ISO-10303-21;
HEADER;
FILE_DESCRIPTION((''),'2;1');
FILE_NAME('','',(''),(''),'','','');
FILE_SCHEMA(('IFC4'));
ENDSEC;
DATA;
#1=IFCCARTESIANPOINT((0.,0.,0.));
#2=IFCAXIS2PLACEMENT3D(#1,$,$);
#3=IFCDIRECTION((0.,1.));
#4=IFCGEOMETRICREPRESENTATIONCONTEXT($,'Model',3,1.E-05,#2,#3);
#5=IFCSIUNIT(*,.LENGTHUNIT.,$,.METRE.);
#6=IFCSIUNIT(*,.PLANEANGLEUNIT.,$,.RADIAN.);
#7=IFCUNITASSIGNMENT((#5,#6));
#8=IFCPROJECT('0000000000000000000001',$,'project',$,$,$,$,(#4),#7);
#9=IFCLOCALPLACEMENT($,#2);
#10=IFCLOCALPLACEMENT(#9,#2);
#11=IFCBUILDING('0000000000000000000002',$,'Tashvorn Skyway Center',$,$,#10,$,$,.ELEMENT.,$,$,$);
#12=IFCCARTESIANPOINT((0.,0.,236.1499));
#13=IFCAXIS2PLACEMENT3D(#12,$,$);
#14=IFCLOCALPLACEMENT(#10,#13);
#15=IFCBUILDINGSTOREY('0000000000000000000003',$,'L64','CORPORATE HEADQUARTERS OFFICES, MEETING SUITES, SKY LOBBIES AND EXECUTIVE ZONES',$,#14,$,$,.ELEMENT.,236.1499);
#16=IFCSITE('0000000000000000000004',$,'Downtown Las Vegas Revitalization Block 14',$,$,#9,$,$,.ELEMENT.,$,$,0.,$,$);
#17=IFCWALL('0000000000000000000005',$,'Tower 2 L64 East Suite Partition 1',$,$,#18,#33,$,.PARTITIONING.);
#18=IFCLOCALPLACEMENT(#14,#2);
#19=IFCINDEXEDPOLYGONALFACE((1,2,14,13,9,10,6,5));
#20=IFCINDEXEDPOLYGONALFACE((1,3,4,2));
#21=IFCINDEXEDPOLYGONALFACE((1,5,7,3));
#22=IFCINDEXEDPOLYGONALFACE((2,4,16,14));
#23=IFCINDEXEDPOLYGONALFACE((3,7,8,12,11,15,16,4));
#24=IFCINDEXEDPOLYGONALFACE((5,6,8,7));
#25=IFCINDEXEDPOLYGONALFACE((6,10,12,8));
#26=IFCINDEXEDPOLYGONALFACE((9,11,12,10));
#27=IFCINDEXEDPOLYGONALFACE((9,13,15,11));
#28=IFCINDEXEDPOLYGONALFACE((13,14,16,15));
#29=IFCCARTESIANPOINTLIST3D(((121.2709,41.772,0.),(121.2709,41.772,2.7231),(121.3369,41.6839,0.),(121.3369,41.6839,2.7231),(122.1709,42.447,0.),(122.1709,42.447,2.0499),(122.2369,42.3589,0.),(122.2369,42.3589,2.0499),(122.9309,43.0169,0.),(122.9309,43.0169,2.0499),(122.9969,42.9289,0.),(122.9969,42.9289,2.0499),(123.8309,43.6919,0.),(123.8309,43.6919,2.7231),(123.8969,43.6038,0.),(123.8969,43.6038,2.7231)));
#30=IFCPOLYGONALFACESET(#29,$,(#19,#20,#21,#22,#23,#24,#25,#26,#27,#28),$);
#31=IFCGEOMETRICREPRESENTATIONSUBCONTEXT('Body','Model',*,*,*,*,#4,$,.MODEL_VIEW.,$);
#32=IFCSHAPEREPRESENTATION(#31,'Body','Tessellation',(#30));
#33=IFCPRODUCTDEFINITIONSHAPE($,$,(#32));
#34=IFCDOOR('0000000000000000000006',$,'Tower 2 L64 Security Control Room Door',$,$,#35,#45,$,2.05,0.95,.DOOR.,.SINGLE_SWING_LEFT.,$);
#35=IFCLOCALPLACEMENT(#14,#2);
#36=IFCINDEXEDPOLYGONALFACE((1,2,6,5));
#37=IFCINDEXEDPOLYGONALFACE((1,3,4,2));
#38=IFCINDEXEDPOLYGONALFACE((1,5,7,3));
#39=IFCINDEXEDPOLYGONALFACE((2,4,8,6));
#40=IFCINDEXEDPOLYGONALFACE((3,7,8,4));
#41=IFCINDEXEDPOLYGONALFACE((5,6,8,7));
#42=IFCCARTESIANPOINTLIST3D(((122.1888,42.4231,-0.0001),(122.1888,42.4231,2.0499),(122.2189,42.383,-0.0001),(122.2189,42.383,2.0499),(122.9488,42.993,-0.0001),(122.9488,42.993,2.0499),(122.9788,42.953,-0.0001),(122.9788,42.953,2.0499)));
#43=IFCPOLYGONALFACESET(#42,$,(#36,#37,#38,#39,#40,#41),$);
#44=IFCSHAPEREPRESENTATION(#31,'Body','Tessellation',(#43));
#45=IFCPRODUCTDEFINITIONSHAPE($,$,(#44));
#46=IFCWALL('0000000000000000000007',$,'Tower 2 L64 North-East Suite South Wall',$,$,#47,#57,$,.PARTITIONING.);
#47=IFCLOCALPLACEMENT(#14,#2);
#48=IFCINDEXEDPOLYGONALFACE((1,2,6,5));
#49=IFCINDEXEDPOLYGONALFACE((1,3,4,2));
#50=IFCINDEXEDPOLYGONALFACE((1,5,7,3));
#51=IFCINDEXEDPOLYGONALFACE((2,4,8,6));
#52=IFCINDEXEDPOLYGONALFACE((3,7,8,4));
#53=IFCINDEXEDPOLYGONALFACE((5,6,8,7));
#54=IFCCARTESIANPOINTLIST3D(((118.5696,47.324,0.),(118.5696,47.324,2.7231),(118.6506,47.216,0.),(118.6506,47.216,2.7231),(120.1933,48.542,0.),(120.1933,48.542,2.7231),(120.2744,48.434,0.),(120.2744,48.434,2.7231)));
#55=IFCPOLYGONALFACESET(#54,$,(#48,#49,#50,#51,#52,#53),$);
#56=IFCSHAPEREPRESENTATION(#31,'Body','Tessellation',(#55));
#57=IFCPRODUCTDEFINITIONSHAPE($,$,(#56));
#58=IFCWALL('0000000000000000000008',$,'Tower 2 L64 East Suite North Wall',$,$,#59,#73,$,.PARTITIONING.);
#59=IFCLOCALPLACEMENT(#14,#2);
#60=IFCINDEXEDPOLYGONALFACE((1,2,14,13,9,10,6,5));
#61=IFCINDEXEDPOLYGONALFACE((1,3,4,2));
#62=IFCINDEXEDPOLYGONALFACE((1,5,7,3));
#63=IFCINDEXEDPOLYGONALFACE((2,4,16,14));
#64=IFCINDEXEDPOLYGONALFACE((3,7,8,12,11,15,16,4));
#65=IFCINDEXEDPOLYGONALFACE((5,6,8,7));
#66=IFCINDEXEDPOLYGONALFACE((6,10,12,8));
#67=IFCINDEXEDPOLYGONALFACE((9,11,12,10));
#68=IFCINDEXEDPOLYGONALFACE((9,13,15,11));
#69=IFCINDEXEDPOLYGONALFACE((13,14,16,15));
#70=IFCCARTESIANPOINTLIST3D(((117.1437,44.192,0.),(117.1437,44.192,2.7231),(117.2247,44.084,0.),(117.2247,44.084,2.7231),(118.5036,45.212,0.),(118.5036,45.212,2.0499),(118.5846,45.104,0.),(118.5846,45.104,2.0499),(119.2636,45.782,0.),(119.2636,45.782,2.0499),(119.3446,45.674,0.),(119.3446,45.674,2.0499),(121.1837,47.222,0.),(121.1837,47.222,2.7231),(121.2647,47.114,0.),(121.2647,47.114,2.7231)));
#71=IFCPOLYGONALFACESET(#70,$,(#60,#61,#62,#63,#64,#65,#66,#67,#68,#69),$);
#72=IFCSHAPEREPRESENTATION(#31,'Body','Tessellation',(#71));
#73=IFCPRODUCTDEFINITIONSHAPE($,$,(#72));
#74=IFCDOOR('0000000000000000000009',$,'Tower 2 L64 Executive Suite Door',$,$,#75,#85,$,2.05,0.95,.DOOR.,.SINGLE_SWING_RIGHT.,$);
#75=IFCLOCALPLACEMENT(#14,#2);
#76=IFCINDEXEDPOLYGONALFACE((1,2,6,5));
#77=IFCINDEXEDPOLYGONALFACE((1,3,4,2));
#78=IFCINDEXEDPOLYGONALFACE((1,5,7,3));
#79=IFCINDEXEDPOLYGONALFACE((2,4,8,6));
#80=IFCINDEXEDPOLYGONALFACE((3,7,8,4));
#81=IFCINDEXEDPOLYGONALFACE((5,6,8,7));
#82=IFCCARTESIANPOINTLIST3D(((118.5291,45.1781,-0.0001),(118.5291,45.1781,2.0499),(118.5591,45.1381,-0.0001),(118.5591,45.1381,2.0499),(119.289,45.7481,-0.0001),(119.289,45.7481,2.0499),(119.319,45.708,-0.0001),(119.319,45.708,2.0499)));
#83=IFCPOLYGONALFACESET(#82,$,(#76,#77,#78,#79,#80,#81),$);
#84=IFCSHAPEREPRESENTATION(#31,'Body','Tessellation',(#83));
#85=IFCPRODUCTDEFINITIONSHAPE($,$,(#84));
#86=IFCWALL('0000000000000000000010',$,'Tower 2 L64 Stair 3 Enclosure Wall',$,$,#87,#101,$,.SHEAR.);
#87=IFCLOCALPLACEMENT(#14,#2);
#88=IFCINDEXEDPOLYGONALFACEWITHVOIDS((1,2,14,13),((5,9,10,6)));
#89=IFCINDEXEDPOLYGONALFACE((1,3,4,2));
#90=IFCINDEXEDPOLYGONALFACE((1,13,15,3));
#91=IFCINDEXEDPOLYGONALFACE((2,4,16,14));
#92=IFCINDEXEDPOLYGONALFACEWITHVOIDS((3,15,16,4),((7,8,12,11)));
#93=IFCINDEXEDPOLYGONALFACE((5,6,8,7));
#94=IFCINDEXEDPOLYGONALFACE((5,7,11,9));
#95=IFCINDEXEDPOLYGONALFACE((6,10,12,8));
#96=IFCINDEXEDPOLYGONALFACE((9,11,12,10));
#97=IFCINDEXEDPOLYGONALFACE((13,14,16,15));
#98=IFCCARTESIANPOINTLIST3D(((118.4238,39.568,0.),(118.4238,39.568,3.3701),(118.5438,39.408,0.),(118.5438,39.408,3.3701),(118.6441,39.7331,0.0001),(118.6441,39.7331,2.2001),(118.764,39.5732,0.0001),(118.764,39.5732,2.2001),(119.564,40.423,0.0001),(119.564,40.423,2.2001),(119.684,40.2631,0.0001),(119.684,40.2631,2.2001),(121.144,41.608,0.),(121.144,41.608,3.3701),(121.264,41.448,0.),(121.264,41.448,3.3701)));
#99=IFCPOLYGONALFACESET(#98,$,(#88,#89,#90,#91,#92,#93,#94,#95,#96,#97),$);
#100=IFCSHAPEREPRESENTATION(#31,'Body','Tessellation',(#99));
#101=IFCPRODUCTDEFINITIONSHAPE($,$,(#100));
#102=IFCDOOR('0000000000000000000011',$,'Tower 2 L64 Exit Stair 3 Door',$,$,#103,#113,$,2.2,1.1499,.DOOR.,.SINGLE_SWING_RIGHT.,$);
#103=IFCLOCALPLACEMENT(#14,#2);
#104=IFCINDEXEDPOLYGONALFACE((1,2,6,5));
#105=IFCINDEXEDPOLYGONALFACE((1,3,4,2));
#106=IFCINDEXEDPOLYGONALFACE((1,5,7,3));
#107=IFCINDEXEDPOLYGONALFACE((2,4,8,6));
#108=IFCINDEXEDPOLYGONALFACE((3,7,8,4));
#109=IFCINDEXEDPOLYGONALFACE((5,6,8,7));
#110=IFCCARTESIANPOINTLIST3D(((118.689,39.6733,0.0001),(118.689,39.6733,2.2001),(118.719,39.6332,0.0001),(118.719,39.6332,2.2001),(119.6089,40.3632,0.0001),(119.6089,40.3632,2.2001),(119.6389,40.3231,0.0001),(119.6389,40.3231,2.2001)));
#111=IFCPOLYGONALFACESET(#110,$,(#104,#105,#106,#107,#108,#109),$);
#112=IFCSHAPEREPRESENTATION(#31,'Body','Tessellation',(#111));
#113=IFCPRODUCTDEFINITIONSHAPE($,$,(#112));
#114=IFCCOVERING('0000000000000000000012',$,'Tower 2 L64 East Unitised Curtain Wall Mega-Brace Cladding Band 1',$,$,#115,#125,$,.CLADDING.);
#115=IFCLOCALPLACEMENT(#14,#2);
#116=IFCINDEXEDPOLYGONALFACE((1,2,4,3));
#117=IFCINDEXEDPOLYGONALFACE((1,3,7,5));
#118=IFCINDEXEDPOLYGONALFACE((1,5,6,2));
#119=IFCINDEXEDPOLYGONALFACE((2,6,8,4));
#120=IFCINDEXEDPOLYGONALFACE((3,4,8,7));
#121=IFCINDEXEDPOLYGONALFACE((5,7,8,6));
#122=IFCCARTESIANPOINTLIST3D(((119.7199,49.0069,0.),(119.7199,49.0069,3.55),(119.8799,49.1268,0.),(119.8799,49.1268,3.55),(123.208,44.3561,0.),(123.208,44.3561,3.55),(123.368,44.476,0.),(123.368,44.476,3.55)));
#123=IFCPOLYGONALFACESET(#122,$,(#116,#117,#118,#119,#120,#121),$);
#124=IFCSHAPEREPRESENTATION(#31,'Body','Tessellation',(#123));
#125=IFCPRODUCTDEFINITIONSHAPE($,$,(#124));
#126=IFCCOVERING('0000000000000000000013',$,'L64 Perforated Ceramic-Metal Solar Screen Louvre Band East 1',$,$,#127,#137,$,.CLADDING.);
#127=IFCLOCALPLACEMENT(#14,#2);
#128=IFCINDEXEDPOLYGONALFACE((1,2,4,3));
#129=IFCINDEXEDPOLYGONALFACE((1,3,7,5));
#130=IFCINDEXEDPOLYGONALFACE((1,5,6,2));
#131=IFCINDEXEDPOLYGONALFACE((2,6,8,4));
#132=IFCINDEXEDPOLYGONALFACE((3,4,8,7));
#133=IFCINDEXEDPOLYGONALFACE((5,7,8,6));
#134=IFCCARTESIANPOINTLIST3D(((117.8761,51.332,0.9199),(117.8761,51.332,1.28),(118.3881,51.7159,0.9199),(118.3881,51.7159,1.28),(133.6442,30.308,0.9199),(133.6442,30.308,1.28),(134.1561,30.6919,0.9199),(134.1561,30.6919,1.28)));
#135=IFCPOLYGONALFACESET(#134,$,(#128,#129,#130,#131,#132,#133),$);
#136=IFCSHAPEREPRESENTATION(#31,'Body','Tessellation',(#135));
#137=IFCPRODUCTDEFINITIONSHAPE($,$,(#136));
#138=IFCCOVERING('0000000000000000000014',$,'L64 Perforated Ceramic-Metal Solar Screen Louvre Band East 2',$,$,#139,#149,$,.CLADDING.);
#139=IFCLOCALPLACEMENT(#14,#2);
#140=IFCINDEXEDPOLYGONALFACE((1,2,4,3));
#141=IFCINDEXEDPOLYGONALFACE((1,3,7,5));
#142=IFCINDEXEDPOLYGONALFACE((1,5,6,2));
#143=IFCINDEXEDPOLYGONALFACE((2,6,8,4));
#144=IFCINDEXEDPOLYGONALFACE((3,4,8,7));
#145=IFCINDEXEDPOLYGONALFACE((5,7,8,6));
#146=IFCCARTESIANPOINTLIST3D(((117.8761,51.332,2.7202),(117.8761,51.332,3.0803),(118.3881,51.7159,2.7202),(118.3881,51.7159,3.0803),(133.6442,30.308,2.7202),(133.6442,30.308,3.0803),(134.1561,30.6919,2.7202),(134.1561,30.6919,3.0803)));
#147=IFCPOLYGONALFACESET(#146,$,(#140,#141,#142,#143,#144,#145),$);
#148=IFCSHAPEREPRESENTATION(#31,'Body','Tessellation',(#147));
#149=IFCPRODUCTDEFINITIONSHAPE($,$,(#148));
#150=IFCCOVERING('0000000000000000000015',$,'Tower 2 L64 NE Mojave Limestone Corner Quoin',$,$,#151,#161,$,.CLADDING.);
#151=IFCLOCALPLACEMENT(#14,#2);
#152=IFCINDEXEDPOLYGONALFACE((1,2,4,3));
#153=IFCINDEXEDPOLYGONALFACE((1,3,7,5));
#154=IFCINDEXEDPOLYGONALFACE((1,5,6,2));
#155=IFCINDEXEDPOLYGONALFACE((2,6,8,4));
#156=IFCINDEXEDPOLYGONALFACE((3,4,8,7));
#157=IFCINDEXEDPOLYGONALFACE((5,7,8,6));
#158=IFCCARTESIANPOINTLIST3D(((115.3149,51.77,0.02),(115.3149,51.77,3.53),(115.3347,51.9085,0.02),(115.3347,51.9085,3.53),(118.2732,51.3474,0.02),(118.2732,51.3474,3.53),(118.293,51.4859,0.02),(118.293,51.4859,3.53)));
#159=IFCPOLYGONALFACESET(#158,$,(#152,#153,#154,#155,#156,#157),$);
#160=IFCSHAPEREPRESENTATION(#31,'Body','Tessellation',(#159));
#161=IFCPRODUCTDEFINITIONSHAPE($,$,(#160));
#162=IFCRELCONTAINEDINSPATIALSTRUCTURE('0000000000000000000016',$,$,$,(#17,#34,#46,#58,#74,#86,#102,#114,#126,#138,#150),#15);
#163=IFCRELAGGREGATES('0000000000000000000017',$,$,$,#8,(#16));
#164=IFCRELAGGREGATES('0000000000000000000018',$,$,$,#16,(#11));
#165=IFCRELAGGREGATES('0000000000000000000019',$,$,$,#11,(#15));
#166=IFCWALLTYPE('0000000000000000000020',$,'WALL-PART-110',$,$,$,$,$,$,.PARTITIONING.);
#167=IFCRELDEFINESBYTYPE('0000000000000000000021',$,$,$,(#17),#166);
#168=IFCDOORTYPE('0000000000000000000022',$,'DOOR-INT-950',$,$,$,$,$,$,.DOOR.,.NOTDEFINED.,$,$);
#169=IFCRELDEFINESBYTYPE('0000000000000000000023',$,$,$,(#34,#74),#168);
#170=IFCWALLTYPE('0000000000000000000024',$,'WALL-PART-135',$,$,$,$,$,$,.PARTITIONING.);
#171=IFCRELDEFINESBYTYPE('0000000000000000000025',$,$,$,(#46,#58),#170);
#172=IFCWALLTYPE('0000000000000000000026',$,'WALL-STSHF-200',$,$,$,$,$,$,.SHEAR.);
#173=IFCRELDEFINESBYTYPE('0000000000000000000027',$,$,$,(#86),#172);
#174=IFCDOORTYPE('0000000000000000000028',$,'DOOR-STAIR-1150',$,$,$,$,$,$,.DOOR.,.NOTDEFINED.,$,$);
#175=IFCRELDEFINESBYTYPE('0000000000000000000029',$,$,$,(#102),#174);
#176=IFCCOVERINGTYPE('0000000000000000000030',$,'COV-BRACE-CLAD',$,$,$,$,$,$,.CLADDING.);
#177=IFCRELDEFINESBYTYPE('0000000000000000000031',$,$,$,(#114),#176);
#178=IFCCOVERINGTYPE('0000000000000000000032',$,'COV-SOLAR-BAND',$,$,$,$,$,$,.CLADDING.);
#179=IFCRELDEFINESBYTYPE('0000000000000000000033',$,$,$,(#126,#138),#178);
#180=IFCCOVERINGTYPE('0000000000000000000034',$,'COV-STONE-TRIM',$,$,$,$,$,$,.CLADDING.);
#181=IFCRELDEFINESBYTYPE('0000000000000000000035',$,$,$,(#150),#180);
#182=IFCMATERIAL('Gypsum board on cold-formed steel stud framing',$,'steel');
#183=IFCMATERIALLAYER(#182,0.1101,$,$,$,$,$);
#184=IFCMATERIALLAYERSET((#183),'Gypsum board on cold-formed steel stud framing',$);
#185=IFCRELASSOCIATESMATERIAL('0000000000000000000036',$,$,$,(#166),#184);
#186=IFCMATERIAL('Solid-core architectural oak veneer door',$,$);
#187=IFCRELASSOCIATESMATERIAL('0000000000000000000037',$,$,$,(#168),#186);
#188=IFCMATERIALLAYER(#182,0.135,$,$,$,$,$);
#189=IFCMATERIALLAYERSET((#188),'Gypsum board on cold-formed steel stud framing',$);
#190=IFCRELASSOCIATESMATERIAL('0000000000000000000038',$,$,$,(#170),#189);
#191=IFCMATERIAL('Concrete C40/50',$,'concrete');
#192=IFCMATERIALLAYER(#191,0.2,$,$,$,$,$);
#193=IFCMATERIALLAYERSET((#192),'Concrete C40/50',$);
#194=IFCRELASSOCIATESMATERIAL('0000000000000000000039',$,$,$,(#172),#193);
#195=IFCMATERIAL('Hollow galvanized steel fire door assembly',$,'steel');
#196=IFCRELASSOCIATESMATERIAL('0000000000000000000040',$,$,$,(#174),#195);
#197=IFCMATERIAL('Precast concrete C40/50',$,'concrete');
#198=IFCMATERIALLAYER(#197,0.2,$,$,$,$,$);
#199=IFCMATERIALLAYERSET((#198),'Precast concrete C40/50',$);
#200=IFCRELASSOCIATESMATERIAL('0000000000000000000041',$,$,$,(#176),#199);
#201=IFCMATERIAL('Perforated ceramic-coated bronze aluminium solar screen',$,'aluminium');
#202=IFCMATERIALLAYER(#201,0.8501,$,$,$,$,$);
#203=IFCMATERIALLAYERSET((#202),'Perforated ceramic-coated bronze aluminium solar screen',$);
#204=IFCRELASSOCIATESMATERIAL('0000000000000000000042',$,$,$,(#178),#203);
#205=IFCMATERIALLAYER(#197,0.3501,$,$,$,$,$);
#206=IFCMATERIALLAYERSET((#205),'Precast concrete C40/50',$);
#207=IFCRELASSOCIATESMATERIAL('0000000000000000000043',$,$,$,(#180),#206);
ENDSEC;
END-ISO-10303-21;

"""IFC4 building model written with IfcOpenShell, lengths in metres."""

from ifc_helpers import new_model, si_unit, direction, frame, frame_2d, origin, origin_2d, place, context, subcontext, project, spatial, rectangle, extrude, material, layer, layer_set, type_object, element, fill, save


model = new_model("IFC4")

# Units and contexts
model_context = context("Model", 3, precision=1e-05, world=origin(), true_north=direction((0.0, 1.0)))
body_context = subcontext(model_context, "Body", "Model", "MODEL_VIEW")
ifc_project = project(units=[si_unit("LENGTHUNIT", "METRE"), si_unit("PLANEANGLEUNIT", "RADIAN")], contexts=[model_context])

# Site, building, storey
site_placement = place(None, origin())
site = spatial("IfcSite", under=ifc_project, at=site_placement, Name="Downtown Las Vegas Revitalization Block 14", CompositionType="ELEMENT", RefElevation=0.0)
building_placement = place(site_placement, origin())
building = spatial("IfcBuilding", under=site, at=building_placement, Name="Tashvorn Skyway Center", CompositionType="ELEMENT")
storey_placement = place(building_placement, frame((0.0, 0.0, 236.1499)))
storey = spatial("IfcBuildingStorey", under=building, at=storey_placement, Name="L64", Description="CORPORATE HEADQUARTERS OFFICES, MEETING SUITES, SKY LOBBIES AND EXECUTIVE ZONES", CompositionType="ELEMENT", Elevation=236.1499)

# Shared definitions
ifc_material_1 = material(Name="Precast concrete C40/50", Category="concrete")

# Wall, opening, door
ifc_material_2 = material(Name="Gypsum board on cold-formed steel stud framing", Category="steel")
ifc_layer_1 = layer(ifc_material_2, 0.1101)
ifc_layer_set_1 = layer_set([ifc_layer_1], Name="Gypsum board on cold-formed steel stud framing")
wall_type_1 = type_object("IfcWallType", Name="WALL-PART-110", PredefinedType="PARTITIONING", material=ifc_layer_set_1)
wall_1_placement = place(storey_placement, frame((123.864, 43.6479, 0.0), z_axis=(0.0, 0.0, 1.0), x_axis=(-0.800018, -0.599976, 0.0)))
wall_1 = element("IfcWall", 1, at=wall_1_placement, inside=storey, type_object=wall_type_1, Name="Tower 2 L64 East Suite Partition 1", PredefinedType="PARTITIONING", context=body_context, shape_type="SweptSolid", body=[
    extrude(rectangle(XDim=3.2, YDim=0.1101, at=frame_2d((1.6001, 0.0))), origin(), (0.0, 0.0, 1.0), 2.7231),
])
opening_1_placement = place(wall_1_placement, frame((1.125, 0.0, 0.0)))
opening_1 = element("IfcOpeningElement", 2, at=opening_1_placement, cuts=wall_1, PredefinedType="OPENING", context=body_context, shape_type="SweptSolid", body=[
    extrude(rectangle(XDim=0.95, YDim=2.05, at=frame_2d((0.4751, 1.0249))), frame((0.0, 0.0649, 0.0), z_axis=(0.0, -1.0, 0.0), x_axis=(1.0, 0.0, 0.0)), (0.0, 0.0, 1.0), 0.1301),
])
ifc_material_3 = material(Name="Solid-core architectural oak veneer door")
door_type_1 = type_object("IfcDoorType", Name="DOOR-INT-950", OperationType="NOTDEFINED", PredefinedType="DOOR", material=ifc_material_3)
door_1_placement = place(opening_1_placement, origin())
door_1 = element("IfcDoor", 3, at=door_1_placement, inside=storey, type_object=door_type_1, Name="Tower 2 L64 Security Control Room Door", OperationType="SINGLE_SWING_LEFT", OverallHeight=2.05, OverallWidth=0.95, PredefinedType="DOOR", context=body_context, shape_type="SweptSolid", body=[
    extrude(rectangle(XDim=0.95, YDim=2.05, at=frame_2d((0.4751, 1.0249))), frame((0.0, 0.0249, 0.0), z_axis=(0.0, -1.0, 0.0), x_axis=(1.0, 0.0, 0.0)), (0.0, 0.0, 1.0), 0.05),
])
fill(opening_1, door_1)

# Wall
ifc_layer_2 = layer(ifc_material_2, 0.135)
ifc_layer_set_2 = layer_set([ifc_layer_2], Name="Gypsum board on cold-formed steel stud framing")
wall_type_2 = type_object("IfcWallType", Name="WALL-PART-135", PredefinedType="PARTITIONING", material=ifc_layer_set_2)
wall_2_placement = place(storey_placement, frame((118.6101, 47.27, 0.0), z_axis=(0.0, 0.0, 1.0), x_axis=(0.799957, 0.600058, 0.0)))
element("IfcWall", 4, at=wall_2_placement, inside=storey, type_object=wall_type_2, Name="Tower 2 L64 North-East Suite South Wall", PredefinedType="PARTITIONING", context=body_context, shape_type="SweptSolid", body=[
    extrude(rectangle(XDim=2.0298, YDim=0.135, at=frame_2d((1.0149, 0.0))), origin(), (0.0, 0.0, 1.0), 2.7231),
])

# Walls, openings, doors
wall_3_placement = place(storey_placement, frame((121.2241, 47.168, 0.0), z_axis=(0.0, 0.0, 1.0), x_axis=(-0.8, -0.6, 0.0)))
wall_3 = element("IfcWall", 5, at=wall_3_placement, inside=storey, type_object=wall_type_2, Name="Tower 2 L64 East Suite North Wall", PredefinedType="PARTITIONING", context=body_context, shape_type="SweptSolid", body=[
    extrude(rectangle(XDim=5.05, YDim=0.135, at=frame_2d((2.5249, 0.0))), origin(), (0.0, 0.0, 1.0), 2.7231),
])
opening_2_placement = place(wall_3_placement, frame((2.3999, 0.0, 0.0)))
opening_2 = element("IfcOpeningElement", 6, at=opening_2_placement, cuts=wall_3, PredefinedType="OPENING", context=body_context, shape_type="SweptSolid", body=[
    extrude(rectangle(XDim=0.95, YDim=2.05, at=frame_2d((0.4751, 1.0249))), frame((0.0, 0.0774, 0.0), z_axis=(0.0, -1.0, 0.0), x_axis=(1.0, 0.0, 0.0)), (0.0, 0.0, 1.0), 0.155),
])
door_2_placement = place(opening_2_placement, origin())
door_2 = element("IfcDoor", 7, at=door_2_placement, inside=storey, type_object=door_type_1, Name="Tower 2 L64 Executive Suite Door", OperationType="SINGLE_SWING_RIGHT", OverallHeight=2.05, OverallWidth=0.95, PredefinedType="DOOR", context=body_context, shape_type="SweptSolid", body=[
    extrude(rectangle(XDim=0.95, YDim=2.05, at=frame_2d((0.4751, 1.0249))), frame((0.0, 0.0249, 0.0), z_axis=(0.0, -1.0, 0.0), x_axis=(1.0, 0.0, 0.0)), (0.0, 0.0, 1.0), 0.05),
])
fill(opening_2, door_2)
ifc_material_4 = material(Name="Concrete C40/50", Category="concrete")
ifc_layer_3 = layer(ifc_material_4, 0.2)
ifc_layer_set_3 = layer_set([ifc_layer_3], Name="Concrete C40/50")
wall_type_3 = type_object("IfcWallType", Name="WALL-STSHF-200", PredefinedType="SHEAR", material=ifc_layer_set_3)
wall_4_placement = place(storey_placement, frame((121.2041, 41.5281, 0.0), z_axis=(0.0, 0.0, 1.0), x_axis=(-0.800017, -0.599977, 0.0)))
wall_4 = element("IfcWall", 8, at=wall_4_placement, inside=storey, type_object=wall_type_3, Name="Tower 2 L64 Stair 3 Enclosure Wall", PredefinedType="SHEAR", context=body_context, shape_type="SweptSolid", body=[
    extrude(rectangle(XDim=3.4001, YDim=0.2, at=frame_2d((1.7002, 0.0))), origin(), (0.0, 0.0, 1.0), 3.3701),
])
opening_3_placement = place(wall_4_placement, frame((1.9751, 0.0, 0.0)))
opening_3 = element("IfcOpeningElement", 9, at=opening_3_placement, cuts=wall_4, PredefinedType="OPENING", context=body_context, shape_type="SweptSolid", body=[
    extrude(rectangle(XDim=1.1499, YDim=2.2, at=frame_2d((0.575, 1.1001))), frame((0.0, 0.1099, 0.0), z_axis=(0.0, -1.0, 0.0), x_axis=(1.0, 0.0, 0.0)), (0.0, 0.0, 1.0), 0.22),
])
ifc_material_5 = material(Name="Hollow galvanized steel fire door assembly", Category="steel")
door_type_2 = type_object("IfcDoorType", Name="DOOR-STAIR-1150", OperationType="NOTDEFINED", PredefinedType="DOOR", material=ifc_material_5)
door_3_placement = place(opening_3_placement, origin())
door_3 = element("IfcDoor", 10, at=door_3_placement, inside=storey, type_object=door_type_2, Name="Tower 2 L64 Exit Stair 3 Door", OperationType="SINGLE_SWING_RIGHT", OverallHeight=2.2, OverallWidth=1.1499, PredefinedType="DOOR", context=body_context, shape_type="SweptSolid", body=[
    extrude(rectangle(XDim=1.1499, YDim=2.2, at=frame_2d((0.575, 1.1001))), frame((0.0, 0.0249, 0.0), z_axis=(0.0, -1.0, 0.0), x_axis=(1.0, 0.0, 0.0)), (0.0, 0.0, 1.0), 0.05),
])
fill(opening_3, door_3)

# Coverings
ifc_layer_4 = layer(ifc_material_1, 0.2)
ifc_layer_set_4 = layer_set([ifc_layer_4], Name="Precast concrete C40/50")
covering_type_1 = type_object("IfcCoveringType", Name="COV-BRACE-CLAD", PredefinedType="CLADDING", material=ifc_layer_set_4)
covering_1_placement = place(storey_placement, frame((121.5439, 46.7415, 0.0), z_axis=(0.0, 0.0, 1.0), x_axis=(0.6, -0.8, 0.0)))
element("IfcCovering", 11, at=covering_1_placement, inside=storey, type_object=covering_type_1, Name="Tower 2 L64 East Unitised Curtain Wall Mega-Brace Cladding Band 1", PredefinedType="CLADDING", context=body_context, shape_type="SweptSolid", body=[
    extrude(rectangle(XDim=5.8135, YDim=0.2, at=origin_2d()), origin(), (0.0, 0.0, 1.0), 3.55),
])
ifc_material_6 = material(Name="Perforated ceramic-coated bronze aluminium solar screen", Category="aluminium")
ifc_layer_5 = layer(ifc_material_6, 0.8501)
ifc_layer_set_5 = layer_set([ifc_layer_5], Name="Perforated ceramic-coated bronze aluminium solar screen")
covering_type_2 = type_object("IfcCoveringType", Name="COV-SOLAR-BAND", PredefinedType="CLADDING", material=ifc_layer_set_5)
for number, where, z_axis, x_axis, name in (
    (12, (126.0161, 41.012, 0.9199), (0.0, 0.0, 1.0), (0.6, -0.8, 0.0), "L64 Perforated Ceramic-Metal Solar Screen Louvre Band East 1"),
    (13, (126.0161, 41.012, 2.7202), (0.0, 0.0, 1.0), (0.6, -0.8, 0.0), "L64 Perforated Ceramic-Metal Solar Screen Louvre Band East 2"),
):
    element("IfcCovering", number, at=place(storey_placement, frame(where, z_axis=z_axis, x_axis=x_axis)), inside=storey, type_object=covering_type_2, Name=name, PredefinedType="CLADDING", context=body_context, shape_type="SweptSolid", body=[
        extrude(rectangle(XDim=26.28, YDim=0.6399, at=origin_2d()), origin(), (0.0, 0.0, 1.0), 0.3601),
    ])
ifc_layer_6 = layer(ifc_material_1, 0.3501)
ifc_layer_set_6 = layer_set([ifc_layer_6], Name="Precast concrete C40/50")
covering_type_3 = type_object("IfcCoveringType", Name="COV-STONE-TRIM", PredefinedType="CLADDING", material=ifc_layer_set_6)
covering_2_placement = place(storey_placement, frame((116.804, 51.6279, 0.02), z_axis=(0.0, 0.0, 1.0), x_axis=(0.989949, -0.141421, 0.0)))
element("IfcCovering", 14, at=covering_2_placement, inside=storey, type_object=covering_type_3, Name="Tower 2 L64 NE Mojave Limestone Corner Quoin", PredefinedType="CLADDING", context=body_context, shape_type="SweptSolid", body=[
    extrude(rectangle(XDim=2.9883, YDim=0.1399, at=origin_2d()), origin(), (0.0, 0.0, 1.0), 3.51),
])

save(model, "model.ifc")
